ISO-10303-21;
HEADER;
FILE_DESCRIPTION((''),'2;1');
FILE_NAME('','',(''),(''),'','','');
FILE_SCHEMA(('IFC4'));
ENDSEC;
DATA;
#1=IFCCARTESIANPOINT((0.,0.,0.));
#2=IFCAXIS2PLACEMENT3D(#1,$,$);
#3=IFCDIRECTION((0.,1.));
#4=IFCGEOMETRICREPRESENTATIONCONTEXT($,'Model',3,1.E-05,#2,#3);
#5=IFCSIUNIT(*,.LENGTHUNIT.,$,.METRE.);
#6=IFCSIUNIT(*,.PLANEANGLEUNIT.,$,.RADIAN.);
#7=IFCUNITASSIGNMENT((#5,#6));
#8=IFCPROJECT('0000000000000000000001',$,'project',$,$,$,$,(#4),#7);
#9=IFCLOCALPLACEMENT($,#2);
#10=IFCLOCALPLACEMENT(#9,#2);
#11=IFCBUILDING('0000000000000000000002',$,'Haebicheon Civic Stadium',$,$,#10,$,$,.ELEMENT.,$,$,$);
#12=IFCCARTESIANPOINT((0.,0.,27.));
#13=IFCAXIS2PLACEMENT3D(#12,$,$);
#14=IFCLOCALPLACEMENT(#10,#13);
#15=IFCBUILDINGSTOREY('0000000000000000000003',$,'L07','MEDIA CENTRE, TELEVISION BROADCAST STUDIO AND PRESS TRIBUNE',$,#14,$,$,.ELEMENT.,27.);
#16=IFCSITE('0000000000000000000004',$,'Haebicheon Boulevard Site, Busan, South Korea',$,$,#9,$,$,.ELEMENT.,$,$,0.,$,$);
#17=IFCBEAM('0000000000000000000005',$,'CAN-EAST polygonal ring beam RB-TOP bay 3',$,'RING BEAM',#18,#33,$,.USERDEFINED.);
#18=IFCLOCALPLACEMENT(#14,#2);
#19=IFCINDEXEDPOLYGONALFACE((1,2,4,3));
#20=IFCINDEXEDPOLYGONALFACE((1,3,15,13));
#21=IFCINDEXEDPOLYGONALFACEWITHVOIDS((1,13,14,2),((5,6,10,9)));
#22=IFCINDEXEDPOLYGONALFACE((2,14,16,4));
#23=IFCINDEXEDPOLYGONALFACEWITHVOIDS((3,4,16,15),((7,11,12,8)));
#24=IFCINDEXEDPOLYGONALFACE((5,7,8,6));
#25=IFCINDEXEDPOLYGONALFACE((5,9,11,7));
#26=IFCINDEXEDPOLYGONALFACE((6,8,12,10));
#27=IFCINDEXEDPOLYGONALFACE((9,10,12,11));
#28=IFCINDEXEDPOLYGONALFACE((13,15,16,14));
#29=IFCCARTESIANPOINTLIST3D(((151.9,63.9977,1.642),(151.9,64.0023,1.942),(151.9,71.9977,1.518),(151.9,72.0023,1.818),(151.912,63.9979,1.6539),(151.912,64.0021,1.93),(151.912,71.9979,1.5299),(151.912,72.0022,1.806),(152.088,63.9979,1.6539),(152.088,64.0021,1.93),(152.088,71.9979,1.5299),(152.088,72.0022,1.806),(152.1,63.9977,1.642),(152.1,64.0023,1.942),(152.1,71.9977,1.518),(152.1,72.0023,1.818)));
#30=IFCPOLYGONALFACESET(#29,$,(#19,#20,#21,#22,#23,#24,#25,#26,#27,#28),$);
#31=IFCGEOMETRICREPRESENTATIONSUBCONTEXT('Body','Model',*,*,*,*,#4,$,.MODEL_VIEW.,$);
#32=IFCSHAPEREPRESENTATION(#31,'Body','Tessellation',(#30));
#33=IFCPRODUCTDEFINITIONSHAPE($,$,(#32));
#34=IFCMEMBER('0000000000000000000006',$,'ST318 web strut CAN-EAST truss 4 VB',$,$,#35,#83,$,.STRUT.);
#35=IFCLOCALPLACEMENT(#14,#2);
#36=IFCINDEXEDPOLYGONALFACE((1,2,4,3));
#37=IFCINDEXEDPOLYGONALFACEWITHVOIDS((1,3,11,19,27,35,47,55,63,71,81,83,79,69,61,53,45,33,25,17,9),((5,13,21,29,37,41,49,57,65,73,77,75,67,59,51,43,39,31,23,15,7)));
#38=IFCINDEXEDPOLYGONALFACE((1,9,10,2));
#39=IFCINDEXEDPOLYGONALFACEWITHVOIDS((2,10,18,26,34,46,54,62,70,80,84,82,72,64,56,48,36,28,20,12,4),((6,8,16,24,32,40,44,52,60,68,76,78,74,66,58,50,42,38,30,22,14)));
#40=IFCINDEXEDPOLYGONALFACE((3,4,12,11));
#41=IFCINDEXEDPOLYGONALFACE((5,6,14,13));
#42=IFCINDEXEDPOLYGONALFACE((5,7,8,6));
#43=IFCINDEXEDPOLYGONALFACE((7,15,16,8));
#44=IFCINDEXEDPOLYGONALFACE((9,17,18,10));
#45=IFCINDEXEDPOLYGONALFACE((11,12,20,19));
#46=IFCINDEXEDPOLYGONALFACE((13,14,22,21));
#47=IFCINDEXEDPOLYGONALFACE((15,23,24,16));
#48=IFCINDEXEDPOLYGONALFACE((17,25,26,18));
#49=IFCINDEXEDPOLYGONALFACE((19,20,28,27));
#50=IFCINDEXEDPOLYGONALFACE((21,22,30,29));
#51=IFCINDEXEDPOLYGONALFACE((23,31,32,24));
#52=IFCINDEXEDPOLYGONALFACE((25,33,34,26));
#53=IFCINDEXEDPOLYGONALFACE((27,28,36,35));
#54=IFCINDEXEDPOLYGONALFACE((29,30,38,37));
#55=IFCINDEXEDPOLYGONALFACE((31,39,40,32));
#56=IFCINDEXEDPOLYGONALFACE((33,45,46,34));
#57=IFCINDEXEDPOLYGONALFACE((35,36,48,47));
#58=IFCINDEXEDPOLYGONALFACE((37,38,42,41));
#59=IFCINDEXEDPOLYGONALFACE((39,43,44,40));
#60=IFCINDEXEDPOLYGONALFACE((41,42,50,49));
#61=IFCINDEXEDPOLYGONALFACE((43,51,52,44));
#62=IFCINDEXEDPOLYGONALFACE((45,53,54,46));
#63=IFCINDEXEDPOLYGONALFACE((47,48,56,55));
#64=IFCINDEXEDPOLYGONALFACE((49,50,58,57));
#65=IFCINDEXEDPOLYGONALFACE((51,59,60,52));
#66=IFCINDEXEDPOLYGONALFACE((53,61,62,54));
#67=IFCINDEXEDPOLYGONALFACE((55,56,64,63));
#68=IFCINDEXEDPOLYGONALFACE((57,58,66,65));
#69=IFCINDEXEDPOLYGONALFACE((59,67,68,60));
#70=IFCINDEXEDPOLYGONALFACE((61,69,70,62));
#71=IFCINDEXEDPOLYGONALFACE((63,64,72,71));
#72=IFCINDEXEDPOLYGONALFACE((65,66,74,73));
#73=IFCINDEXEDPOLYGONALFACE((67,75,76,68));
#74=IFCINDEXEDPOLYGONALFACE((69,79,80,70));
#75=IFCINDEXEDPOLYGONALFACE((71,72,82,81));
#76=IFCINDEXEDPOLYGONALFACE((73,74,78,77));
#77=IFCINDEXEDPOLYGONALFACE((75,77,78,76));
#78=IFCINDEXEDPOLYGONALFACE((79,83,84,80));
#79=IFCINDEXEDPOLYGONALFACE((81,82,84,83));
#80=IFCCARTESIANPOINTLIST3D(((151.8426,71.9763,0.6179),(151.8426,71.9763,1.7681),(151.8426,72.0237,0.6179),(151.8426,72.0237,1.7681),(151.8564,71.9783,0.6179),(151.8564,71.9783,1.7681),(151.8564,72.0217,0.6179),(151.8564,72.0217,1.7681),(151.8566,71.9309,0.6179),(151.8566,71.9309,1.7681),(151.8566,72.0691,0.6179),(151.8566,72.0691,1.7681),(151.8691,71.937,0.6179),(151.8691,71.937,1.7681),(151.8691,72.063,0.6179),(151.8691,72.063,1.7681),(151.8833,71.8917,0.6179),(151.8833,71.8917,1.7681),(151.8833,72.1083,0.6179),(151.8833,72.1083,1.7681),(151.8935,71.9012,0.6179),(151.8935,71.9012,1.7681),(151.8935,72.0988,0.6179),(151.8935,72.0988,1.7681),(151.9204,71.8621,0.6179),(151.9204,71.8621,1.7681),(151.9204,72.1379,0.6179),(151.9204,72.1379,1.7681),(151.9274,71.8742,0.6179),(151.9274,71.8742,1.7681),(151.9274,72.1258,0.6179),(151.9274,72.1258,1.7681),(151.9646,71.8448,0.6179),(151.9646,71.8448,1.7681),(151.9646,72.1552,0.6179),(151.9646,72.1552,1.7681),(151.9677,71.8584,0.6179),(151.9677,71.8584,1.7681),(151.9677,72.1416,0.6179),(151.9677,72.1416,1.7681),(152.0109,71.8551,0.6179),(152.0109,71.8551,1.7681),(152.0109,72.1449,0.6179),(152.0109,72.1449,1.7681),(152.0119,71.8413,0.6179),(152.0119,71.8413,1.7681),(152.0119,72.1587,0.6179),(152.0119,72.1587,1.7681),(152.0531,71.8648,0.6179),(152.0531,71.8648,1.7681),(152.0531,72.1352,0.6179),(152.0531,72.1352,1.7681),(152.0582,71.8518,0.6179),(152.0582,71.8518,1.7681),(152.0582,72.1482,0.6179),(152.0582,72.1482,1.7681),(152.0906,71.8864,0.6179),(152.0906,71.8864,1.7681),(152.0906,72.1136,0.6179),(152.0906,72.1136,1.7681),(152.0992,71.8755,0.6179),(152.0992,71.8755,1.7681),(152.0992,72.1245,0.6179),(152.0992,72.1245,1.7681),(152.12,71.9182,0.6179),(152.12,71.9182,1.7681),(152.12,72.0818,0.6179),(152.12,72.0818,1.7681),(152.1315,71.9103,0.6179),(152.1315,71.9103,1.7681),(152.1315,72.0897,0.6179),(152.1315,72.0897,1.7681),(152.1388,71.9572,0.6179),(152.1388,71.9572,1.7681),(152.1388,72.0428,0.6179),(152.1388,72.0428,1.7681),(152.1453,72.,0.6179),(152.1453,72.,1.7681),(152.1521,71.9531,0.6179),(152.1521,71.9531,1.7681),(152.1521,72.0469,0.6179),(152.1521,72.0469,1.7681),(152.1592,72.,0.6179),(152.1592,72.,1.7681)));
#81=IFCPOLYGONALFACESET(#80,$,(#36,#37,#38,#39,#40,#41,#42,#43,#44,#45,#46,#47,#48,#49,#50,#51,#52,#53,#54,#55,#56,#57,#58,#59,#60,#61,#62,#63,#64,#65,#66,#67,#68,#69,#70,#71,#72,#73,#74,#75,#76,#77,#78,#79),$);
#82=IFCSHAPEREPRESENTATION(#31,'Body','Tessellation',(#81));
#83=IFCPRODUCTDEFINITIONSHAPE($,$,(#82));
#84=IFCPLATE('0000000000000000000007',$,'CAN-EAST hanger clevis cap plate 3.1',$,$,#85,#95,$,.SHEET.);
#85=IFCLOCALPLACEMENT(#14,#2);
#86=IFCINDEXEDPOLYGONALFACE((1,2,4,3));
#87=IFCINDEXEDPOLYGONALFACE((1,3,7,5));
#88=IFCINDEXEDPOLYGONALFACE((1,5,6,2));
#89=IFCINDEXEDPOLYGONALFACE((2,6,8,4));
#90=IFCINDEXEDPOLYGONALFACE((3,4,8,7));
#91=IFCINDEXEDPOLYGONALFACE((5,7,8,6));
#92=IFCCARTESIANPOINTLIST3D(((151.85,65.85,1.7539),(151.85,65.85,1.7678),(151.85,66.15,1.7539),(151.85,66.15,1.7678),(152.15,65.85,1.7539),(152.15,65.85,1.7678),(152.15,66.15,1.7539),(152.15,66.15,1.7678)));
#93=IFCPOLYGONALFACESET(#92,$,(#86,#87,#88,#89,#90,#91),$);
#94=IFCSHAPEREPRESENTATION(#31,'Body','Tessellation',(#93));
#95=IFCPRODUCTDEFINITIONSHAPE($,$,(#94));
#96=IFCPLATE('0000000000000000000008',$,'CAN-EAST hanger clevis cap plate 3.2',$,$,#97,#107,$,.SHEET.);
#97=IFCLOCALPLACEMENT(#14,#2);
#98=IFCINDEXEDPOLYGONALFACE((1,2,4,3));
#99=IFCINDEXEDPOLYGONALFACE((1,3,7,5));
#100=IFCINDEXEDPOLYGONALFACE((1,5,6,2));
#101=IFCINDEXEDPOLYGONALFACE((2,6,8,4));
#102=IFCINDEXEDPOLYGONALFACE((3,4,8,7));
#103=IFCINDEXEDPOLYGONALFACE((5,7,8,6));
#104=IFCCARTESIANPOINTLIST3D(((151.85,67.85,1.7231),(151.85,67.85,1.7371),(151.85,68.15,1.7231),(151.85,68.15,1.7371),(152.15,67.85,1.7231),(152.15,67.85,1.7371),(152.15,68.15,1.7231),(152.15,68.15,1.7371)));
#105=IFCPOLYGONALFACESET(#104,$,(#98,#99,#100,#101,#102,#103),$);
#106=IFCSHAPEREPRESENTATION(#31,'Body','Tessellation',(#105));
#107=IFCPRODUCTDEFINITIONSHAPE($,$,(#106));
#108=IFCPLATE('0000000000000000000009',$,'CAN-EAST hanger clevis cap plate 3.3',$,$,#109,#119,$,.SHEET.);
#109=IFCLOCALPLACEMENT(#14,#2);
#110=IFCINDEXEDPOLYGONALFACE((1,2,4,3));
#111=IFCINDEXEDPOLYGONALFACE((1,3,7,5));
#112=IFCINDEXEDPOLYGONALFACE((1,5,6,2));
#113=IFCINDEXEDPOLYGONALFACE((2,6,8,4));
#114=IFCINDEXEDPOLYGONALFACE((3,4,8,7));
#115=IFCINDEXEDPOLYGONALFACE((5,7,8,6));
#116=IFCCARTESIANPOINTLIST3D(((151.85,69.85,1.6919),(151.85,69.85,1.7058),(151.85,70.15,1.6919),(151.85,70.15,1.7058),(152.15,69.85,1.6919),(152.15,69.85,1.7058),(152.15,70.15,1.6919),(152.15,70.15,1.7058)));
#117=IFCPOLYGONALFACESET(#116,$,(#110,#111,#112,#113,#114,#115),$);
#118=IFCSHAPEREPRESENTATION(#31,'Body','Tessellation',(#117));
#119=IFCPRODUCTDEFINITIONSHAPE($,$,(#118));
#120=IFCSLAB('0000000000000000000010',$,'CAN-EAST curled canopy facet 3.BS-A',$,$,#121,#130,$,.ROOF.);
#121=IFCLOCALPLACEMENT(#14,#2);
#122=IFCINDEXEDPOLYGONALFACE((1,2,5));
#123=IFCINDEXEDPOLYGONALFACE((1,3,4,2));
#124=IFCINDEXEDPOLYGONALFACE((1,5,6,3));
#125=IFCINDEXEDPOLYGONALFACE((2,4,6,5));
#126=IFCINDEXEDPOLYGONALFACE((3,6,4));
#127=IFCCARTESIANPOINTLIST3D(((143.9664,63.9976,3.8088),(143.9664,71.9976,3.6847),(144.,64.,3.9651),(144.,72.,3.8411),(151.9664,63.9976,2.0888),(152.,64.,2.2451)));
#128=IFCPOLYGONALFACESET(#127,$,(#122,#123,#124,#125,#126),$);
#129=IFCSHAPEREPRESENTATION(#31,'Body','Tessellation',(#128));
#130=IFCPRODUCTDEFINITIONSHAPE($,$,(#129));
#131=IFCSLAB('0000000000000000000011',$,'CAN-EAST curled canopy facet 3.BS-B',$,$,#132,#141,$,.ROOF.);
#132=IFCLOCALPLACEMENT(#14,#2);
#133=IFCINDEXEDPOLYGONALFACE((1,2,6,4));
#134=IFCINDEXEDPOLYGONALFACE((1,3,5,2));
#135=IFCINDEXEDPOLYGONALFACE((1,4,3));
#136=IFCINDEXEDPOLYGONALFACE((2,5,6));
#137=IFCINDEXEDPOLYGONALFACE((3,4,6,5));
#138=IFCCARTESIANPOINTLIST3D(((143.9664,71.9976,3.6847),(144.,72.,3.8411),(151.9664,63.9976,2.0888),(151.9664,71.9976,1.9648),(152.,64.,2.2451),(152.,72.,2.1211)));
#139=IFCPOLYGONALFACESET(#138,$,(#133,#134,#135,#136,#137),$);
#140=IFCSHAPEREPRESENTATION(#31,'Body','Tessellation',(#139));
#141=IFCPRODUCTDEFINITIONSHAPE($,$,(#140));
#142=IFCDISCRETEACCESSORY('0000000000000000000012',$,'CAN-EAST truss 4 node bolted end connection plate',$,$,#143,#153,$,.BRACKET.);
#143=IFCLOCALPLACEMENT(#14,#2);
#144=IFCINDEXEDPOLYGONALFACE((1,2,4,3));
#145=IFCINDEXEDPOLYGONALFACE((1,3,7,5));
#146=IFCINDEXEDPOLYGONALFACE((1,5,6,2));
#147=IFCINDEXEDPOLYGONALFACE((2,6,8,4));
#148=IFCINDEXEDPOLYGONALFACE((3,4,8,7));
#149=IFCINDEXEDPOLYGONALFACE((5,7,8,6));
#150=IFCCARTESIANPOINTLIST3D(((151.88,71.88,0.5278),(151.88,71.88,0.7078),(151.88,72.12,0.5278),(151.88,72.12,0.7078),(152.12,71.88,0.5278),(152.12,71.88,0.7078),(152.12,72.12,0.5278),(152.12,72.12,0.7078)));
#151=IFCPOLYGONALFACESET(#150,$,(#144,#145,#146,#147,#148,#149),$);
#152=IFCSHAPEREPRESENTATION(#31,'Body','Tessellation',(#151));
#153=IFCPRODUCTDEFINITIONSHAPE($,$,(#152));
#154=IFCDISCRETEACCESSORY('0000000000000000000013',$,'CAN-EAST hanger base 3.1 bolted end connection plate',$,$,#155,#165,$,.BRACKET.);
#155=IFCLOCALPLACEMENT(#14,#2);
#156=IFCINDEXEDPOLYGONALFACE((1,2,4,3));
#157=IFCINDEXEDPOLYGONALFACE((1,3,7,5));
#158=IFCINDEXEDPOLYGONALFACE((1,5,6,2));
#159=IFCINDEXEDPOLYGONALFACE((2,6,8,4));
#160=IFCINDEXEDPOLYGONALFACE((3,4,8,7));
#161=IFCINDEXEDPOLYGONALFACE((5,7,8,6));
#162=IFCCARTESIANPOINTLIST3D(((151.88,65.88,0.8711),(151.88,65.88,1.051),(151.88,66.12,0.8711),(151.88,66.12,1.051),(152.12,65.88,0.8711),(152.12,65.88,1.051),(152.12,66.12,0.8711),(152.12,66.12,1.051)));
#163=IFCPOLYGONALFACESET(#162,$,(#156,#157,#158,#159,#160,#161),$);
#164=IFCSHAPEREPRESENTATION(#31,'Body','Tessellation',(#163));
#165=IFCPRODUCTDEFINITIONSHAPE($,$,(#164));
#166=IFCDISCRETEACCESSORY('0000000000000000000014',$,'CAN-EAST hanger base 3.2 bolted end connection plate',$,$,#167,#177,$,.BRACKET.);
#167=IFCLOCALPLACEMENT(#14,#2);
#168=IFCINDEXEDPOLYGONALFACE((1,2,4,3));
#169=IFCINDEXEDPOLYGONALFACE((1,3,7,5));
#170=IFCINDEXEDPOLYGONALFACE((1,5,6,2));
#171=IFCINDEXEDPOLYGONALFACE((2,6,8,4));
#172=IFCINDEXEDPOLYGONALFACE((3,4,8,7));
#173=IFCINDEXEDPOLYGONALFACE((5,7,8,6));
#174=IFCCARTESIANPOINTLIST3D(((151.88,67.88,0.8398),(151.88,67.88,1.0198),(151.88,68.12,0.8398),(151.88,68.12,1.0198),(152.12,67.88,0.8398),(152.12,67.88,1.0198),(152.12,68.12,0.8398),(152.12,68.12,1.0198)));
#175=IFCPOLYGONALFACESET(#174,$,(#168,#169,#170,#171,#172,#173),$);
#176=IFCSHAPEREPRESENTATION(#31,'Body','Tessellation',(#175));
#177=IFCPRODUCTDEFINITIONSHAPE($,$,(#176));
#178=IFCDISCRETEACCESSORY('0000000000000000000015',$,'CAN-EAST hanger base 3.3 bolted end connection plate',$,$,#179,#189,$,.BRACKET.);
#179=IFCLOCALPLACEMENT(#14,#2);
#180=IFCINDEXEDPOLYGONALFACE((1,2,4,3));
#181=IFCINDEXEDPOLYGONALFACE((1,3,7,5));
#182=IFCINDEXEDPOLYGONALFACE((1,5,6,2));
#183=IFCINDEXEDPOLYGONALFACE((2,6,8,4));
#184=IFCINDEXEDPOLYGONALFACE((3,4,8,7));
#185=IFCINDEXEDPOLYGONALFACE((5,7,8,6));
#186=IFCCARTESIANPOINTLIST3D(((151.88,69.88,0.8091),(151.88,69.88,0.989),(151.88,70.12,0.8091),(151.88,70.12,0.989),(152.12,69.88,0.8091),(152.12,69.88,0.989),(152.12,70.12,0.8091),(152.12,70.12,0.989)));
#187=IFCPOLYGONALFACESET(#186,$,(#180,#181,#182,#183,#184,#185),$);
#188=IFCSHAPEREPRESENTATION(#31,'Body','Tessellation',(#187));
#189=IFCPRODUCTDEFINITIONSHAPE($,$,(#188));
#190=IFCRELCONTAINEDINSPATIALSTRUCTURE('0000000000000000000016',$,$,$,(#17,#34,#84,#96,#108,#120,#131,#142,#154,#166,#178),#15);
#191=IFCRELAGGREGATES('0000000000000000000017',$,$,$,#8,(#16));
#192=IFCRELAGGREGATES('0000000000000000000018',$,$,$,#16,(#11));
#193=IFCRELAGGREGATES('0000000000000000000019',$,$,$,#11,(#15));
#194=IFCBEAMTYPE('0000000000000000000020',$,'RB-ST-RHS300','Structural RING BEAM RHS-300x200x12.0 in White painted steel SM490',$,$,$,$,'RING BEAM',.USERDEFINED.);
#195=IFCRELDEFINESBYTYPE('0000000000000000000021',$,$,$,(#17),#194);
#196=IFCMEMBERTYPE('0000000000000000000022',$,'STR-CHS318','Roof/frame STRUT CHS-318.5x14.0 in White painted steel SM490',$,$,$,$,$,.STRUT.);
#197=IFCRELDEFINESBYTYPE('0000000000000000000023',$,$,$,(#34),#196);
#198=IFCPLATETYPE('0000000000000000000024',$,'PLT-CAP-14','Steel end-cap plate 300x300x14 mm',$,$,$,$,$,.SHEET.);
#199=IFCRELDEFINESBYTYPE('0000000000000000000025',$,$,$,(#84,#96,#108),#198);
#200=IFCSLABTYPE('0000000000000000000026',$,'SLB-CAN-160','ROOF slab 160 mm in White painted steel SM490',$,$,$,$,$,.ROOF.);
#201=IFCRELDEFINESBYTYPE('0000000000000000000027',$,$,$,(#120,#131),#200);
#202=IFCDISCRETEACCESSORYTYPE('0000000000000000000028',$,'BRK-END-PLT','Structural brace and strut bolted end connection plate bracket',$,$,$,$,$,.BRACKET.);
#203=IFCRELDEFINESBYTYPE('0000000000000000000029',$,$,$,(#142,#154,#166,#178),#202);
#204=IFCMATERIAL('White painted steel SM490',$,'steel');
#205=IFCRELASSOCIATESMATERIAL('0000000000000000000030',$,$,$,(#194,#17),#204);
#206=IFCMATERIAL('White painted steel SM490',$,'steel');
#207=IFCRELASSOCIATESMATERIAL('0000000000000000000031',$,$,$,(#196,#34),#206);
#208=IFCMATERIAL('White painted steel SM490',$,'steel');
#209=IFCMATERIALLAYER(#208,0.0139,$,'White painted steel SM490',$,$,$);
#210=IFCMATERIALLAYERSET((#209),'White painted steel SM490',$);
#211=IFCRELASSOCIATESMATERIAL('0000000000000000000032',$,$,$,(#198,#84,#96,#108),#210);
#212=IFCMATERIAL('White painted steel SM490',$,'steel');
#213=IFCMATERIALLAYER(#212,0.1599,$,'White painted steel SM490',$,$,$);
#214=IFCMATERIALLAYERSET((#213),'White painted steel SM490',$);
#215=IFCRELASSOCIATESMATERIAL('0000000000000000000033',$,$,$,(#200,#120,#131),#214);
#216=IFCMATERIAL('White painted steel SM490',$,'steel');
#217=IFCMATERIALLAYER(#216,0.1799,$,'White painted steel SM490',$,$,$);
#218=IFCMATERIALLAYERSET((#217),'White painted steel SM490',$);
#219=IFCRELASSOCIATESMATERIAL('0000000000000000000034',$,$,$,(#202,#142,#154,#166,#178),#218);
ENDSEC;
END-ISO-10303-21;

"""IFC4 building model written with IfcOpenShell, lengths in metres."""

from ifc_helpers import new_model, si_unit, direction, frame, origin, origin_2d, place, context, subcontext, project, spatial, polyline, rectangle, hollow_rectangle, hollow_circle, outline, extrude, material, layer, layer_set, material_profile, profile_set, type_object, element, save


model = new_model("IFC4")

# Units and contexts
model_context = context("Model", 3, precision=1e-05, world=origin(), true_north=direction((0.0, 1.0)))
body_context = subcontext(model_context, "Body", "Model", "MODEL_VIEW")
ifc_project = project(units=[si_unit("LENGTHUNIT", "METRE"), si_unit("PLANEANGLEUNIT", "RADIAN")], contexts=[model_context])

# Site, building, storey
site_placement = place(None, origin())
site = spatial("IfcSite", under=ifc_project, at=site_placement, Name="Haebicheon Boulevard Site, Busan, South Korea", CompositionType="ELEMENT", RefElevation=0.0)
building_placement = place(site_placement, origin())
building = spatial("IfcBuilding", under=site, at=building_placement, Name="Haebicheon Civic Stadium", CompositionType="ELEMENT")
storey_placement = place(building_placement, frame((0.0, 0.0, 27.0)))
storey = spatial("IfcBuildingStorey", under=building, at=storey_placement, Name="L07", Description="MEDIA CENTRE, TELEVISION BROADCAST STUDIO AND PRESS TRIBUNE", CompositionType="ELEMENT", Elevation=27.0)

# Beam
ifc_material_1 = material(Name="White painted steel SM490", Category="steel")
ifc_material_profile_1 = material_profile(ifc_material_1, hollow_rectangle(XDim=0.2, YDim=0.3, WallThickness=0.012, at=origin_2d()), Name="RHS-300x200x12.0")
ifc_profile_set_1 = profile_set([ifc_material_profile_1], Name="White painted steel SM490")
beam_type_1 = type_object("IfcBeamType", Name="RB-ST-RHS300", Description="Structural RING BEAM RHS-300x200x12.0 in White painted steel SM490", ElementType="RING BEAM", PredefinedType="USERDEFINED", material=ifc_profile_set_1)
beam_1_placement = place(storey_placement, frame((152.0, 64.0, 1.792), z_axis=(0.0, 0.99988, -0.015501), x_axis=(-1.0, 0.0, 0.0)))
element("IfcBeam", 1, at=beam_1_placement, inside=storey, type_object=beam_type_1, material=ifc_profile_set_1, Name="CAN-EAST polygonal ring beam RB-TOP bay 3", ObjectType="RING BEAM", PredefinedType="USERDEFINED", context=body_context, shape_type="SweptSolid", body=[
    extrude(hollow_rectangle(XDim=0.2, YDim=0.3, WallThickness=0.012, at=origin_2d()), origin(), (0.0, 0.0, 1.0), 8.001),
])

# Member
ifc_material_2 = material(Name="White painted steel SM490", Category="steel")
ifc_material_profile_2 = material_profile(ifc_material_2, hollow_circle(Radius=0.1592, WallThickness=0.0139, at=origin_2d()), Name="CHS-318.5x14.0")
ifc_profile_set_2 = profile_set([ifc_material_profile_2], Name="White painted steel SM490")
member_type_1 = type_object("IfcMemberType", Name="STR-CHS318", Description="Roof/frame STRUT CHS-318.5x14.0 in White painted steel SM490", PredefinedType="STRUT", material=ifc_profile_set_2)
member_1_placement = place(storey_placement, frame((152.0, 72.0, 0.6179), z_axis=(0.0, 0.0, 1.0), x_axis=(1.0, 0.0, 0.0)))
element("IfcMember", 2, at=member_1_placement, inside=storey, type_object=member_type_1, material=ifc_profile_set_2, Name="ST318 web strut CAN-EAST truss 4 VB", PredefinedType="STRUT", context=body_context, shape_type="SweptSolid", body=[
    extrude(hollow_circle(Radius=0.1592, WallThickness=0.0139, at=origin_2d()), origin(), (0.0, 0.0, 1.0), 1.1501),
])

# Plates
ifc_material_3 = material(Name="White painted steel SM490", Category="steel")
ifc_layer_1 = layer(ifc_material_3, 0.0139, Name="White painted steel SM490")
ifc_layer_set_1 = layer_set([ifc_layer_1], Name="White painted steel SM490")
plate_type = type_object("IfcPlateType", Name="PLT-CAP-14", Description="Steel end-cap plate 300x300x14 mm", PredefinedType="SHEET", material=ifc_layer_set_1)
for number, where, z_axis, x_axis, name in (
    (3, (152.0, 66.0, 1.7539), (0.0, 0.0, 1.0), (1.0, 0.0, 0.0), "CAN-EAST hanger clevis cap plate 3.1"),
    (4, (152.0, 68.0, 1.7231), (0.0, 0.0, 1.0), (1.0, 0.0, 0.0), "CAN-EAST hanger clevis cap plate 3.2"),
    (5, (152.0, 70.0, 1.6919), (0.0, 0.0, 1.0), (1.0, 0.0, 0.0), "CAN-EAST hanger clevis cap plate 3.3"),
):
    element("IfcPlate", number, at=place(storey_placement, frame(where, z_axis=z_axis, x_axis=x_axis)), inside=storey, type_object=plate_type, material=ifc_layer_set_1, Name=name, PredefinedType="SHEET", context=body_context, shape_type="SweptSolid", body=[
        extrude(rectangle(XDim=0.3, YDim=0.3, at=origin_2d()), origin(), (0.0, 0.0, 1.0), 0.0139),
    ])

# Slabs
ifc_material_4 = material(Name="White painted steel SM490", Category="steel")
ifc_layer_2 = layer(ifc_material_4, 0.1599, Name="White painted steel SM490")
ifc_layer_set_2 = layer_set([ifc_layer_2], Name="White painted steel SM490")
slab_type = type_object("IfcSlabType", Name="SLB-CAN-160", Description="ROOF slab 160 mm in White painted steel SM490", PredefinedType="ROOF", material=ifc_layer_set_2)
slab_1_placement = place(storey_placement, frame((152.0, 64.0, 2.2451), z_axis=(0.210169, 0.015155, 0.977548), x_axis=(-0.97766, 0.0, 0.210193)))
element("IfcSlab", 6, at=slab_1_placement, inside=storey, type_object=slab_type, material=ifc_layer_set_2, Name="CAN-EAST curled canopy facet 3.BS-A", PredefinedType="ROOF", context=body_context, shape_type="SweptSolid", body=[
    extrude(outline(polyline([(0.0, 0.0), (8.1828, 0.0), (8.1567, -8.0009), (0.0, 0.0)])), origin(), (0.0, 0.0, -1.0), 0.1599),
])
slab_2_placement = place(storey_placement, frame((152.0, 64.0, 2.2451), z_axis=(0.210169, 0.015155, 0.977548), x_axis=(-0.700175, 0.700175, 0.13968)))
element("IfcSlab", 7, at=slab_2_placement, inside=storey, type_object=slab_type, material=ifc_layer_set_2, Name="CAN-EAST curled canopy facet 3.BS-B", PredefinedType="ROOF", context=body_context, shape_type="SweptSolid", body=[
    extrude(outline(polyline([(0.0, 0.0), (11.4257, 0.0), (5.5841, -5.7301), (0.0, 0.0)])), origin(), (0.0, 0.0, -1.0), 0.1599),
])

# Discrete accessories
ifc_material_5 = material(Name="White painted steel SM490", Category="steel")
ifc_layer_3 = layer(ifc_material_5, 0.1799, Name="White painted steel SM490")
ifc_layer_set_3 = layer_set([ifc_layer_3], Name="White painted steel SM490")
discrete_accessory_type = type_object("IfcDiscreteAccessoryType", Name="BRK-END-PLT", Description="Structural brace and strut bolted end connection plate bracket", PredefinedType="BRACKET", material=ifc_layer_set_3)
for number, where, z_axis, x_axis, name in (
    (8, (152.0, 72.0, 0.5278), (0.0, 0.0, 1.0), (1.0, 0.0, 0.0), "CAN-EAST truss 4 node bolted end connection plate"),
    (9, (152.0, 66.0, 0.8711), (0.0, 0.0, 1.0), (1.0, 0.0, 0.0), "CAN-EAST hanger base 3.1 bolted end connection plate"),
    (10, (152.0, 68.0, 0.8398), (0.0, 0.0, 1.0), (1.0, 0.0, 0.0), "CAN-EAST hanger base 3.2 bolted end connection plate"),
    (11, (152.0, 70.0, 0.8091), (0.0, 0.0, 1.0), (1.0, 0.0, 0.0), "CAN-EAST hanger base 3.3 bolted end connection plate"),
):
    element("IfcDiscreteAccessory", number, at=place(storey_placement, frame(where, z_axis=z_axis, x_axis=x_axis)), inside=storey, type_object=discrete_accessory_type, material=ifc_layer_set_3, Name=name, PredefinedType="BRACKET", context=body_context, shape_type="SweptSolid", body=[
        extrude(rectangle(XDim=0.24, YDim=0.24, at=origin_2d()), origin(), (0.0, 0.0, 1.0), 0.1799),
    ])

save(model, "model.ifc")
